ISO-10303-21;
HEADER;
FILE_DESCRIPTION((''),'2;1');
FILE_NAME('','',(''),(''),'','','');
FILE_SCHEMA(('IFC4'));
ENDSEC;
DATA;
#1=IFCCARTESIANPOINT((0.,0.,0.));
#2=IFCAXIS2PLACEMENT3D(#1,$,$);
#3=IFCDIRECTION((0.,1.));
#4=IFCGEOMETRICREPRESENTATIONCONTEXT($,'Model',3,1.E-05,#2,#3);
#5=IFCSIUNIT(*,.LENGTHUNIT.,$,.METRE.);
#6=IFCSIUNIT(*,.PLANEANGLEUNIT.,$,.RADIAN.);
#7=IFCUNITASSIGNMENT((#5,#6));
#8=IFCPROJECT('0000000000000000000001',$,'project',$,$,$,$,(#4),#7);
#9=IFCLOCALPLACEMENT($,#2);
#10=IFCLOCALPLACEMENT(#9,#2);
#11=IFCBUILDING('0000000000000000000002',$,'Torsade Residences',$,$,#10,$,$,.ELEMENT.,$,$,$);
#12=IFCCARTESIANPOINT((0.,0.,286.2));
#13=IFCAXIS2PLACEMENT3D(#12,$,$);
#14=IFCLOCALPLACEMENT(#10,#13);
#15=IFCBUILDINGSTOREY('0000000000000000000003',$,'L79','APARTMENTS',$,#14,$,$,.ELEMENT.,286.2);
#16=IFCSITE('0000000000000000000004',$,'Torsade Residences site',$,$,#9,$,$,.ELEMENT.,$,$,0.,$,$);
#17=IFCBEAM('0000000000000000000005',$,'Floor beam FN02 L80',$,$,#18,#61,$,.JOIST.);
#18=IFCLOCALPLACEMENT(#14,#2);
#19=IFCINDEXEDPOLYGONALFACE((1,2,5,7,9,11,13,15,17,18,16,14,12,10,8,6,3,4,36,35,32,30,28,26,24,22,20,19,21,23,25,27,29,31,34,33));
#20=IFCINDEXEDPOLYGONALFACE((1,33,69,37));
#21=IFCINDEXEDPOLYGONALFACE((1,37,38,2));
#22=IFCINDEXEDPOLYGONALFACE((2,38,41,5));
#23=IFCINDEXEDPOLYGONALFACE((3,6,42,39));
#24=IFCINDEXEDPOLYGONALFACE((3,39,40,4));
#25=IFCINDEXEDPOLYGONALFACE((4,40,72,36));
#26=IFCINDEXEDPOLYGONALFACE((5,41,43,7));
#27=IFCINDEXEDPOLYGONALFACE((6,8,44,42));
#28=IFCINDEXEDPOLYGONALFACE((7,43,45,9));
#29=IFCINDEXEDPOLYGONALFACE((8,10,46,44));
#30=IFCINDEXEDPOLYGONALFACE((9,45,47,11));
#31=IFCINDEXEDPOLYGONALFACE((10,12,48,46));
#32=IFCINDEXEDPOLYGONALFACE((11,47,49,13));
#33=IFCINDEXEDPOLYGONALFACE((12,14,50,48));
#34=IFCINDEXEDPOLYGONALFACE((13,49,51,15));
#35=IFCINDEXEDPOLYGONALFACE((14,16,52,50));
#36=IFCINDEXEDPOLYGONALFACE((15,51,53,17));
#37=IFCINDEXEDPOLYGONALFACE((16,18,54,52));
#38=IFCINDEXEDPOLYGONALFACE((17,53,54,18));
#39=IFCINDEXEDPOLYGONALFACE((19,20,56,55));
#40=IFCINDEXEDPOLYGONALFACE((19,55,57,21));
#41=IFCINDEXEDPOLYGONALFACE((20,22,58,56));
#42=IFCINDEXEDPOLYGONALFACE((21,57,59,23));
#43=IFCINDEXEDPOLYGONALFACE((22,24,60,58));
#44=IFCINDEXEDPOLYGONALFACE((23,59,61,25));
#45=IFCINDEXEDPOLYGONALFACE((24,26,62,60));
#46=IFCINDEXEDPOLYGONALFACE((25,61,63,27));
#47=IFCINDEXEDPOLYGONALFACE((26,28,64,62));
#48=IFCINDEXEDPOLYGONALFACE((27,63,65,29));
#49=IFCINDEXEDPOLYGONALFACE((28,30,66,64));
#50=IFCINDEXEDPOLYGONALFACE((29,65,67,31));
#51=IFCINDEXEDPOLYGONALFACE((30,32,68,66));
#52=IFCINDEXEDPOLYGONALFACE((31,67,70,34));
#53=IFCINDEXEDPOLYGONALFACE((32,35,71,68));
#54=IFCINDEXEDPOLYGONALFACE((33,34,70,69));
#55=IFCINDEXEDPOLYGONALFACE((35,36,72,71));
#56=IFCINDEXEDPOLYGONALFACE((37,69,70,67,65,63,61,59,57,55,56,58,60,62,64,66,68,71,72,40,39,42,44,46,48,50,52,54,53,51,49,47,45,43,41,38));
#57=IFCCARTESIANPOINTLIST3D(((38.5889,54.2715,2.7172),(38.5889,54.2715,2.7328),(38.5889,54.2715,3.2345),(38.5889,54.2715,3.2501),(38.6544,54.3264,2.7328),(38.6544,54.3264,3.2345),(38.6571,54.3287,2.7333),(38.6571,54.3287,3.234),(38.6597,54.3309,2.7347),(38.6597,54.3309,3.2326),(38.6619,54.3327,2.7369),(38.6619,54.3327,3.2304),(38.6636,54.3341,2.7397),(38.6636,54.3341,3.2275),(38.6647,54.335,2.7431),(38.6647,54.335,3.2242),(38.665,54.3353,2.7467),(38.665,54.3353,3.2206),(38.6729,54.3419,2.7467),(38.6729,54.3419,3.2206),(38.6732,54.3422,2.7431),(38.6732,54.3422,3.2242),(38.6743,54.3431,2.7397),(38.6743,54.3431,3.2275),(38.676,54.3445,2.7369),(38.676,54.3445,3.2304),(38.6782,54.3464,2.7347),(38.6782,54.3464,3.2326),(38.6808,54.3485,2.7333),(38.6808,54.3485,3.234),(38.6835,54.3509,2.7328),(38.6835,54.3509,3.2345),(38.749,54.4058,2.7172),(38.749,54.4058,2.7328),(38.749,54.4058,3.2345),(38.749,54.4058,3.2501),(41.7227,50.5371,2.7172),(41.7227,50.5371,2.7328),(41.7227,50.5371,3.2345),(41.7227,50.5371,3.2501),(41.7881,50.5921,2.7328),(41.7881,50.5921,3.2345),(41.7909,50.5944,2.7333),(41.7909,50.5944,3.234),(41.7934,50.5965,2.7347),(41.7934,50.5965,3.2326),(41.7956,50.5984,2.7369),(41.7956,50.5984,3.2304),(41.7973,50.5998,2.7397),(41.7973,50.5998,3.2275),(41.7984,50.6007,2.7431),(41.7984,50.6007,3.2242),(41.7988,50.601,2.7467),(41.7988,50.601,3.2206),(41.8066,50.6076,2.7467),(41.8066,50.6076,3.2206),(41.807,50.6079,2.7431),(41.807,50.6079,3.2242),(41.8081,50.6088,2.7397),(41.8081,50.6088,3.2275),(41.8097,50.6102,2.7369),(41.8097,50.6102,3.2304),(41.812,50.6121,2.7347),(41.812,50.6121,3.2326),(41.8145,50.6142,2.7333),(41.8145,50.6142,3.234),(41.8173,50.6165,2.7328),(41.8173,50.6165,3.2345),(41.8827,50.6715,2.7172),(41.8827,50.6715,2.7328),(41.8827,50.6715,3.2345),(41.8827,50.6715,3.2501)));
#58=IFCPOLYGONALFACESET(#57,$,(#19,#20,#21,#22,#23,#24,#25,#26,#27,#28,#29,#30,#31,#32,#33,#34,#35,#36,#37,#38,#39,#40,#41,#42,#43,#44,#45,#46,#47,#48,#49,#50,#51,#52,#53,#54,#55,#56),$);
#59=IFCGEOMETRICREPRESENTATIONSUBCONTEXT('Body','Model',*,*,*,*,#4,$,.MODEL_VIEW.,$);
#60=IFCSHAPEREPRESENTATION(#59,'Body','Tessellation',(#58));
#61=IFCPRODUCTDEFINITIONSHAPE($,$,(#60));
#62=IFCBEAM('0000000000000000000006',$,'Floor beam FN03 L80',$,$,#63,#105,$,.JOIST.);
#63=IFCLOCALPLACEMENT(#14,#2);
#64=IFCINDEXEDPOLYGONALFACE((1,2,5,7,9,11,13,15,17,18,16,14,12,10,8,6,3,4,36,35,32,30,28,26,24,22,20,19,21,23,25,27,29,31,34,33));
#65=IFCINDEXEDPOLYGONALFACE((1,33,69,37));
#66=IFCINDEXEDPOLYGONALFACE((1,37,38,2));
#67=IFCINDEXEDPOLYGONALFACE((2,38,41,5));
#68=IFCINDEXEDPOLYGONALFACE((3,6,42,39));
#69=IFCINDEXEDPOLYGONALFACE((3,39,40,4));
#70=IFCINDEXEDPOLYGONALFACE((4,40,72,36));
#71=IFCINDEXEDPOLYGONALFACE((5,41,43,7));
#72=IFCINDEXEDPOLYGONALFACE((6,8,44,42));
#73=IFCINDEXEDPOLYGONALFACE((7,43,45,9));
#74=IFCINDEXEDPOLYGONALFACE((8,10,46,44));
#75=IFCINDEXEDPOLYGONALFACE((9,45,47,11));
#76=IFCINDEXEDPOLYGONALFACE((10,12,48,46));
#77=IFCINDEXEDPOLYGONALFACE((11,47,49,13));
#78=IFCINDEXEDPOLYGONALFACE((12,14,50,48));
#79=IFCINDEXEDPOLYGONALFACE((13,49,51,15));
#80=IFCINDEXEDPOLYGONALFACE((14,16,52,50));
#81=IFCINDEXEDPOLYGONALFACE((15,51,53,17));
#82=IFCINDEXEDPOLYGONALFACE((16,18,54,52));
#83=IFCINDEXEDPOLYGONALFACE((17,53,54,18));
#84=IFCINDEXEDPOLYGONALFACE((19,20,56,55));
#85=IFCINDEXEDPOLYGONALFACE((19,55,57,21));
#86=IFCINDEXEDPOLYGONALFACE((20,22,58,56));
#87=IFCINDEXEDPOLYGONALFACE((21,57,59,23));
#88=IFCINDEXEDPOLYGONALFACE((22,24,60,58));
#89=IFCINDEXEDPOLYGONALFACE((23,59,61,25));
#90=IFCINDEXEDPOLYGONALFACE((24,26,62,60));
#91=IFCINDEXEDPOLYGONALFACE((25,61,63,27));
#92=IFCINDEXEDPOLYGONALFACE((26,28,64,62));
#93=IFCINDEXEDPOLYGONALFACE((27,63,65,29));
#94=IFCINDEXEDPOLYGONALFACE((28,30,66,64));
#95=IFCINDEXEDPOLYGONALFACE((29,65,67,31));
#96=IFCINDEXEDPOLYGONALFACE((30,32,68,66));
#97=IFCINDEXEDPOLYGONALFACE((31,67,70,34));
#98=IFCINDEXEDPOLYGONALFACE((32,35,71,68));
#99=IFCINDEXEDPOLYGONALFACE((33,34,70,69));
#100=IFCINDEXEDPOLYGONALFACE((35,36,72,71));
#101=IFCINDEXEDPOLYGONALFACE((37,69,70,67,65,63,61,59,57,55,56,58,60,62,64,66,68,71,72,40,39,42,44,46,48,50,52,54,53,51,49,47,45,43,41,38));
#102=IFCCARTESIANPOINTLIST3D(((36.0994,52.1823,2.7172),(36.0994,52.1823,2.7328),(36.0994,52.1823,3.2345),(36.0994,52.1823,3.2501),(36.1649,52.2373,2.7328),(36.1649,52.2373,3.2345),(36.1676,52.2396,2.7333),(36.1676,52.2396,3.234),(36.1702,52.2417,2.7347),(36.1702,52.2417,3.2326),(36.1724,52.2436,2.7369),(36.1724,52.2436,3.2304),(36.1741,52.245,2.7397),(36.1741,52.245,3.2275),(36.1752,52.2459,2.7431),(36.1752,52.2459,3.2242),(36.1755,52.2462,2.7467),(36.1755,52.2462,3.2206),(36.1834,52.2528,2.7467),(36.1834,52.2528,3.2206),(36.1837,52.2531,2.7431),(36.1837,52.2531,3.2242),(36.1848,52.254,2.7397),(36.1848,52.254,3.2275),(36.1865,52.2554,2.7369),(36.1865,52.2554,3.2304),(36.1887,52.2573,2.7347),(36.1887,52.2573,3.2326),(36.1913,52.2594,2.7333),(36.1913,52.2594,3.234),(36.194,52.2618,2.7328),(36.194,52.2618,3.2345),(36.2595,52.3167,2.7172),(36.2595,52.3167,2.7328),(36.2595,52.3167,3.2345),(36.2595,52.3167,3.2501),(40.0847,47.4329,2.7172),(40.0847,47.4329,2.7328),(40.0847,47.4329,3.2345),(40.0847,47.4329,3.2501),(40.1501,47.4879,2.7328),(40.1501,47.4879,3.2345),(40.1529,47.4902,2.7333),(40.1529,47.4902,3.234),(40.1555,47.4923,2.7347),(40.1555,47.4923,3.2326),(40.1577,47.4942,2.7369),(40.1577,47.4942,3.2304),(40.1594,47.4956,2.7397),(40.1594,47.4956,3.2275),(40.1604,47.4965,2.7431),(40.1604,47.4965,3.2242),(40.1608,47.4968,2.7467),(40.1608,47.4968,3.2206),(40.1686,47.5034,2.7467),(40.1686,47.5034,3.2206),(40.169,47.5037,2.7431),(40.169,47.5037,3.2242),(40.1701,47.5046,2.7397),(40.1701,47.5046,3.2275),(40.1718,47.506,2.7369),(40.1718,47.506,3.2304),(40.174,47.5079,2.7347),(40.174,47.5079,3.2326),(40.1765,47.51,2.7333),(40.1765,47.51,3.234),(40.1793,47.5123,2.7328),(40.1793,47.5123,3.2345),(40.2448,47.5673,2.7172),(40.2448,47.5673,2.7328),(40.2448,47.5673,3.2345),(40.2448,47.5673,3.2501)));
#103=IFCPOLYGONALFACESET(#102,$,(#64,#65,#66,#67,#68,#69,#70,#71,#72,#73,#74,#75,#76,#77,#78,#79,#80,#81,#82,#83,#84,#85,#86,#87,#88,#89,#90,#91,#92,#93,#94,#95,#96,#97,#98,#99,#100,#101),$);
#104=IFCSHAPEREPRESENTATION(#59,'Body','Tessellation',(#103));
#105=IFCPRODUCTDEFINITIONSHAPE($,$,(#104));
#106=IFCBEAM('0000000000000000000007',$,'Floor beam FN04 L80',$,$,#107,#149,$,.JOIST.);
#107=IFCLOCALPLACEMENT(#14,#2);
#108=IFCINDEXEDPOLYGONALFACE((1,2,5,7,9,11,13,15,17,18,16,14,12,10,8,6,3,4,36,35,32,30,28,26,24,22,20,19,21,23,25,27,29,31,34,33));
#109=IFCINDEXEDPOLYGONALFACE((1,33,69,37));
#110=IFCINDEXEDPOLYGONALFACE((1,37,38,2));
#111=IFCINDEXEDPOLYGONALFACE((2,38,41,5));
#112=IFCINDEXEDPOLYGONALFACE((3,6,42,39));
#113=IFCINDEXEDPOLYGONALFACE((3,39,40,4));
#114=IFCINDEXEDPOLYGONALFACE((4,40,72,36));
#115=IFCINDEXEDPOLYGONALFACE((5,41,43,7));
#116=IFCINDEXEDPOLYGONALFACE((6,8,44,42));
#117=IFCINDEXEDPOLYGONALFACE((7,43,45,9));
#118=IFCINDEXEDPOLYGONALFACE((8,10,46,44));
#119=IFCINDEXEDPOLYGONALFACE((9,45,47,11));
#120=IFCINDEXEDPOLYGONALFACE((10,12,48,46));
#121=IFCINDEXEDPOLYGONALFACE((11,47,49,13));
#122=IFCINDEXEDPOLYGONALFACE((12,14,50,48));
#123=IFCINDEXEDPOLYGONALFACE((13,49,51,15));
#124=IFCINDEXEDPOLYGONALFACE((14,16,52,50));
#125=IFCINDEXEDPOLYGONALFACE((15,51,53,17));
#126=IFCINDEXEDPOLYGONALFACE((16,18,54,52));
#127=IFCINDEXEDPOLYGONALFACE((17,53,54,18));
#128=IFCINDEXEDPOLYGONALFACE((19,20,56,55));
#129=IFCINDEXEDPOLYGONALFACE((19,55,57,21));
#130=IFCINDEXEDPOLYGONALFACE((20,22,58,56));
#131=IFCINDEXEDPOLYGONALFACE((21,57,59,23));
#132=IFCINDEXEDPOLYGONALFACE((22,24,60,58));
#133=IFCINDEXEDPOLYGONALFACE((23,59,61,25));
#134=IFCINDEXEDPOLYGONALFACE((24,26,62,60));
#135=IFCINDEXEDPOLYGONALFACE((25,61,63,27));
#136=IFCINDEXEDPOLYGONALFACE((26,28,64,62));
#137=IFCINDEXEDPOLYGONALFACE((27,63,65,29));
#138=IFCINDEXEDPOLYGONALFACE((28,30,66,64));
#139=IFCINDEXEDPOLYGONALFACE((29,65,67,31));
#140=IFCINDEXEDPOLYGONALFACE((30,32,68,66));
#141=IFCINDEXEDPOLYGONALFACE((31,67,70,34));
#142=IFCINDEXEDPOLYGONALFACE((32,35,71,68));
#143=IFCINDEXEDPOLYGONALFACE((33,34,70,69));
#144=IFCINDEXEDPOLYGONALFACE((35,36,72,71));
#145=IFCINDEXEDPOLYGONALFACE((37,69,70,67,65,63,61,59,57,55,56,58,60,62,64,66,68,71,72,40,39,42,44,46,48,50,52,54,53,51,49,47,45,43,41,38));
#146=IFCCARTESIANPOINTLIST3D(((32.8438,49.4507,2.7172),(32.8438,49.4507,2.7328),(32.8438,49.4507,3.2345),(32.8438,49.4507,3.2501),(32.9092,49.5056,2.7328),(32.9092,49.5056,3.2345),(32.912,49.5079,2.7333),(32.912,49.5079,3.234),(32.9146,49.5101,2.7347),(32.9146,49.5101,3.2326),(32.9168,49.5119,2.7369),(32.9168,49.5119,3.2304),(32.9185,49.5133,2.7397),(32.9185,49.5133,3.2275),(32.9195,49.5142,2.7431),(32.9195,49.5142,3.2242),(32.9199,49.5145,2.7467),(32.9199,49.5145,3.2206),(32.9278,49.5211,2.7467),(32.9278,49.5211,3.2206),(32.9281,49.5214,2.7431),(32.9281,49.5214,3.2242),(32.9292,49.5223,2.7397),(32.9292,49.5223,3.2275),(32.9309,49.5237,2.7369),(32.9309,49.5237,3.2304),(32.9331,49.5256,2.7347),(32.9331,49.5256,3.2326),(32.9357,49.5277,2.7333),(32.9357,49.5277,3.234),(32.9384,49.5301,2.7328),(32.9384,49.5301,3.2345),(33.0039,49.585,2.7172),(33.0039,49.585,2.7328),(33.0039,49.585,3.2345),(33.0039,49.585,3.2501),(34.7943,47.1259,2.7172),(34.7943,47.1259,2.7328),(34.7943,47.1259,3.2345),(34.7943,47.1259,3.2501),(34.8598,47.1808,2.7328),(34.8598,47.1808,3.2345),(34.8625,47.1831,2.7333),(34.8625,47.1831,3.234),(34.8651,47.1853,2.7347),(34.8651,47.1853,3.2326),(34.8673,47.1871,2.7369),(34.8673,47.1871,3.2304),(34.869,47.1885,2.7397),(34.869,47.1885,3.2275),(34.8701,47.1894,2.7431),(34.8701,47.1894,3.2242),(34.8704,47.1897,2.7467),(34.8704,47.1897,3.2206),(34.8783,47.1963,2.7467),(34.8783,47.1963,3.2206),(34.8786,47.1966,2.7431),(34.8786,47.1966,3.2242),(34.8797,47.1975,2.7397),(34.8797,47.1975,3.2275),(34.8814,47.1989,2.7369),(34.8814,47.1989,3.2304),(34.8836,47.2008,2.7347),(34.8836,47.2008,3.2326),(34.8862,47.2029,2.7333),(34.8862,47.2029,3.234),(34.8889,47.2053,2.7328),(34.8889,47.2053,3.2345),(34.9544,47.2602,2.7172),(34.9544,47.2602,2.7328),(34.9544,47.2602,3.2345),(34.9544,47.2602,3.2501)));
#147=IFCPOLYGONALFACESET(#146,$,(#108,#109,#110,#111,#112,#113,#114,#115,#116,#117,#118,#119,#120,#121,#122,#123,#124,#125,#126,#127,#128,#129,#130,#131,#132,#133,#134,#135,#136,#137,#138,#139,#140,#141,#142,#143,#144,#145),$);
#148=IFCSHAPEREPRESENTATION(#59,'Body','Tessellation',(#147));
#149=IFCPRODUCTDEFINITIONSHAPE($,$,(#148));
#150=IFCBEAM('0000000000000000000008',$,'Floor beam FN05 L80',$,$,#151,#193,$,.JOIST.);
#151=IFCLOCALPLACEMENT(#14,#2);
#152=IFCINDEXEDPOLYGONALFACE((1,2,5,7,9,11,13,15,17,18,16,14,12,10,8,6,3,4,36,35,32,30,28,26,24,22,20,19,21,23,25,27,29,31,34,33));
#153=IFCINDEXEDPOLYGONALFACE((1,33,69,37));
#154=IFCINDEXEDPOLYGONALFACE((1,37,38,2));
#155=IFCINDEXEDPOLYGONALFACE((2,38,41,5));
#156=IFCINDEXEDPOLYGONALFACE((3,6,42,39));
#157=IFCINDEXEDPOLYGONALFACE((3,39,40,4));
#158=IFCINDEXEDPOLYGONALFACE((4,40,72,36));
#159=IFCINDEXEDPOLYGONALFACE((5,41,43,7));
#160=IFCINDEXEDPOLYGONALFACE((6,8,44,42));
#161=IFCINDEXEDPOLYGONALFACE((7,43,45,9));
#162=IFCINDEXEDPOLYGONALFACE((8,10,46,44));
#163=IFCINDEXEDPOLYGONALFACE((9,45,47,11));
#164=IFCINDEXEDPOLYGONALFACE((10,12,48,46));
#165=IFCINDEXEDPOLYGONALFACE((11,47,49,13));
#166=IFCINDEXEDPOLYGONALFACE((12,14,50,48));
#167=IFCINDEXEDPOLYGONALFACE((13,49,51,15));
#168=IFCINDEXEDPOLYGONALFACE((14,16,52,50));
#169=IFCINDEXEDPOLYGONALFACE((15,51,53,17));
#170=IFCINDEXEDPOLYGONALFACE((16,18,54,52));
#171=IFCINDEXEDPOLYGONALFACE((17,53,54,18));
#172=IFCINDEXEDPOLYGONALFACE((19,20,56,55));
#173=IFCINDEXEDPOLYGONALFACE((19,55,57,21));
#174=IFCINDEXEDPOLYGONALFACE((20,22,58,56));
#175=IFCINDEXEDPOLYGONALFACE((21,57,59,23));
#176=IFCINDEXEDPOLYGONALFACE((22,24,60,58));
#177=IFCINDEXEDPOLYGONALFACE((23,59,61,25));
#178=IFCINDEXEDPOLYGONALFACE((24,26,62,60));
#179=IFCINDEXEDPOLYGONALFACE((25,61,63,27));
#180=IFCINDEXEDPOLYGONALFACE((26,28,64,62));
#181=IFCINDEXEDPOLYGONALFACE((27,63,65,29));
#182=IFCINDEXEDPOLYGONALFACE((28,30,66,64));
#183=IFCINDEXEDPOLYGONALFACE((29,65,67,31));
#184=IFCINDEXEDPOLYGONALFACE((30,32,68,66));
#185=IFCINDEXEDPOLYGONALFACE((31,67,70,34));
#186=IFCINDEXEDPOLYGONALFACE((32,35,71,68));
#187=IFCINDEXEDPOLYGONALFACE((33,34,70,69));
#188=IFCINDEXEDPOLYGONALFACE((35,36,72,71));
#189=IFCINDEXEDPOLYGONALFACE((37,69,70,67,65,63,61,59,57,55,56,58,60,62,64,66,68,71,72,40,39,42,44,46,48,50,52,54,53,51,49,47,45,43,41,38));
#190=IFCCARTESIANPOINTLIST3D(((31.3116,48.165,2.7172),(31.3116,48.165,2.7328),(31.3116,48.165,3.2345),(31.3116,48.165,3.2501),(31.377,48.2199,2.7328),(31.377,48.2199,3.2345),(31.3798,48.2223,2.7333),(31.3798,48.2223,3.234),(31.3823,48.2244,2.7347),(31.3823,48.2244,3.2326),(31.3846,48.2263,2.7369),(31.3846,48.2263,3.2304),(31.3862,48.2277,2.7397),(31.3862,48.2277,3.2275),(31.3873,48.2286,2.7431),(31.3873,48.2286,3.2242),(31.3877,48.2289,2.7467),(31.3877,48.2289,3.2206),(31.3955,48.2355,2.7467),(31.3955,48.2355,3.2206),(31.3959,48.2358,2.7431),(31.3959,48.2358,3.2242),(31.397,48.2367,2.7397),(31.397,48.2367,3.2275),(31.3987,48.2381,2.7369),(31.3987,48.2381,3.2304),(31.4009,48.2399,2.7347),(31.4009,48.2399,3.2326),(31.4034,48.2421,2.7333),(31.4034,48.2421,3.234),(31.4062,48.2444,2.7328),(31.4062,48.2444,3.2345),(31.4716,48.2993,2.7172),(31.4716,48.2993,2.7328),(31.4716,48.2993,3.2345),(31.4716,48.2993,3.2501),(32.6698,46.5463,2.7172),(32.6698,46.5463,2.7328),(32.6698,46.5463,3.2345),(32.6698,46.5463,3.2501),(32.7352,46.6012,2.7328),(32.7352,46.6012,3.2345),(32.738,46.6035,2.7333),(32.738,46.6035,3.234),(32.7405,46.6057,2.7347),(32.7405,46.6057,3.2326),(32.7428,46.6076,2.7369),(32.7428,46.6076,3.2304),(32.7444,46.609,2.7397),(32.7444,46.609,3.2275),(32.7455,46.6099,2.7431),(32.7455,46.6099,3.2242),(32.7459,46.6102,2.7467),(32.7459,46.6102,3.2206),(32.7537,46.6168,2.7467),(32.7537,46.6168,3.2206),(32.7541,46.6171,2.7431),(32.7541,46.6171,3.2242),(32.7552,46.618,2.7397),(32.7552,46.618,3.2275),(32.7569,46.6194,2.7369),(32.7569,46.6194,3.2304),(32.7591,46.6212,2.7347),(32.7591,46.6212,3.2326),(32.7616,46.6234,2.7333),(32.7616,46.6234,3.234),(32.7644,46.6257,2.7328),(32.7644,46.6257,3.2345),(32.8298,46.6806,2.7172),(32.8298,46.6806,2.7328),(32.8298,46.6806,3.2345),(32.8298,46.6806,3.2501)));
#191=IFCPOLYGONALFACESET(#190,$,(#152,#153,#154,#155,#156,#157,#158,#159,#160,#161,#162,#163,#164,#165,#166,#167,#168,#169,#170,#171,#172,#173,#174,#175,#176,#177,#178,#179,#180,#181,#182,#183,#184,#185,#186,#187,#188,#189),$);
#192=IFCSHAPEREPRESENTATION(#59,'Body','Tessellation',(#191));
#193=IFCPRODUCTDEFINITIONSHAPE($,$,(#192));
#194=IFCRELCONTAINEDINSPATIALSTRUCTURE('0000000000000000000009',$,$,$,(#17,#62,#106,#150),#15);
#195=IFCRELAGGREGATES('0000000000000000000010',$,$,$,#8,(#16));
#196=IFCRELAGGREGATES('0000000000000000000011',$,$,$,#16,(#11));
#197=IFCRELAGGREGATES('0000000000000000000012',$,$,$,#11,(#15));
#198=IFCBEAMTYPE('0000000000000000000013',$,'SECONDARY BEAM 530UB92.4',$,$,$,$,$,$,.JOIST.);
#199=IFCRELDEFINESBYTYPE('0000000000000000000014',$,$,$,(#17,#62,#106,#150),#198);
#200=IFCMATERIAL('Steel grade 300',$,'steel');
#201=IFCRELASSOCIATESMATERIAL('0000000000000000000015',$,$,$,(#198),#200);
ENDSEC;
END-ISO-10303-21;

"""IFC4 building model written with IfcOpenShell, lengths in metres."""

from ifc_helpers import new_model, si_unit, direction, frame, origin, origin_2d, place, context, subcontext, project, spatial, i_section, extrude, material, material_profile, profile_set, type_object, element, save


model = new_model("IFC4")

# Units and contexts
model_context = context("Model", 3, precision=1e-05, world=origin(), true_north=direction((0.0, 1.0)))
body_context = subcontext(model_context, "Body", "Model", "MODEL_VIEW")
ifc_project = project(units=[si_unit("LENGTHUNIT", "METRE"), si_unit("PLANEANGLEUNIT", "RADIAN")], contexts=[model_context])

# Site, building, storey
site_placement = place(None, origin())
site = spatial("IfcSite", under=ifc_project, at=site_placement, Name="Torsade Residences site", CompositionType="ELEMENT", RefElevation=0.0)
building_placement = place(site_placement, origin())
building = spatial("IfcBuilding", under=site, at=building_placement, Name="Torsade Residences", CompositionType="ELEMENT")
storey_placement = place(building_placement, frame((0.0, 0.0, 286.2)))
storey = spatial("IfcBuildingStorey", under=building, at=storey_placement, Name="L79", Description="APARTMENTS", CompositionType="ELEMENT", Elevation=286.2)

# Beams
ifc_material_1 = material(Name="Steel grade 300", Category="steel")
ifc_material_profile_1 = material_profile(ifc_material_1, i_section(OverallWidth=0.209, OverallDepth=0.533, WebThickness=0.0103, FlangeThickness=0.0156, FilletRadius=0.0139, at=origin_2d()), Name="530UB92.4")
ifc_profile_set_1 = profile_set([ifc_material_profile_1], Name="Steel grade 300")
beam_type_1 = type_object("IfcBeamType", Name="SECONDARY BEAM 530UB92.4", PredefinedType="JOIST", material=ifc_profile_set_1)
beam_1_placement = place(storey_placement, frame((38.6689, 54.3386, 2.9836), z_axis=(0.642821, -0.766017, 0.0), x_axis=(0.766017, 0.642821, 0.0)))
element("IfcBeam", 1, at=beam_1_placement, inside=storey, type_object=beam_type_1, Name="Floor beam FN02 L80", PredefinedType="JOIST", context=body_context, shape_type="SweptSolid", body=[
    extrude(i_section(OverallWidth=0.209, OverallDepth=0.533, WebThickness=0.0103, FlangeThickness=0.0156, FilletRadius=0.0139, at=origin_2d()), origin(), (0.0, 0.0, 1.0), 4.875),
])
beam_2_placement = place(storey_placement, frame((36.1794, 52.2495, 2.9836), z_axis=(0.642791, -0.766041, 0.0), x_axis=(0.766041, 0.642791, 0.0)))
element("IfcBeam", 2, at=beam_2_placement, inside=storey, type_object=beam_type_1, Name="Floor beam FN03 L80", PredefinedType="JOIST", context=body_context, shape_type="SweptSolid", body=[
    extrude(i_section(OverallWidth=0.209, OverallDepth=0.533, WebThickness=0.0103, FlangeThickness=0.0156, FilletRadius=0.0139, at=origin_2d()), origin(), (0.0, 0.0, 1.0), 6.2),
])
beam_3_placement = place(storey_placement, frame((32.9238, 49.5178, 2.9836), z_axis=(0.642745, -0.76608, 0.0), x_axis=(0.76608, 0.642745, 0.0)))
element("IfcBeam", 3, at=beam_3_placement, inside=storey, type_object=beam_type_1, Name="Floor beam FN04 L80", PredefinedType="JOIST", context=body_context, shape_type="SweptSolid", body=[
    extrude(i_section(OverallWidth=0.209, OverallDepth=0.533, WebThickness=0.0103, FlangeThickness=0.0156, FilletRadius=0.0139, at=origin_2d()), origin(), (0.0, 0.0, 1.0), 3.0347),
])
beam_4_placement = place(storey_placement, frame((31.3916, 48.2322, 2.9836), z_axis=(0.642772, -0.766058, 0.0), x_axis=(0.766058, 0.642772, 0.0)))
element("IfcBeam", 4, at=beam_4_placement, inside=storey, type_object=beam_type_1, Name="Floor beam FN05 L80", PredefinedType="JOIST", context=body_context, shape_type="SweptSolid", body=[
    extrude(i_section(OverallWidth=0.209, OverallDepth=0.533, WebThickness=0.0103, FlangeThickness=0.0156, FilletRadius=0.0139, at=origin_2d()), origin(), (0.0, 0.0, 1.0), 2.113),
])

save(model, "model.ifc")
